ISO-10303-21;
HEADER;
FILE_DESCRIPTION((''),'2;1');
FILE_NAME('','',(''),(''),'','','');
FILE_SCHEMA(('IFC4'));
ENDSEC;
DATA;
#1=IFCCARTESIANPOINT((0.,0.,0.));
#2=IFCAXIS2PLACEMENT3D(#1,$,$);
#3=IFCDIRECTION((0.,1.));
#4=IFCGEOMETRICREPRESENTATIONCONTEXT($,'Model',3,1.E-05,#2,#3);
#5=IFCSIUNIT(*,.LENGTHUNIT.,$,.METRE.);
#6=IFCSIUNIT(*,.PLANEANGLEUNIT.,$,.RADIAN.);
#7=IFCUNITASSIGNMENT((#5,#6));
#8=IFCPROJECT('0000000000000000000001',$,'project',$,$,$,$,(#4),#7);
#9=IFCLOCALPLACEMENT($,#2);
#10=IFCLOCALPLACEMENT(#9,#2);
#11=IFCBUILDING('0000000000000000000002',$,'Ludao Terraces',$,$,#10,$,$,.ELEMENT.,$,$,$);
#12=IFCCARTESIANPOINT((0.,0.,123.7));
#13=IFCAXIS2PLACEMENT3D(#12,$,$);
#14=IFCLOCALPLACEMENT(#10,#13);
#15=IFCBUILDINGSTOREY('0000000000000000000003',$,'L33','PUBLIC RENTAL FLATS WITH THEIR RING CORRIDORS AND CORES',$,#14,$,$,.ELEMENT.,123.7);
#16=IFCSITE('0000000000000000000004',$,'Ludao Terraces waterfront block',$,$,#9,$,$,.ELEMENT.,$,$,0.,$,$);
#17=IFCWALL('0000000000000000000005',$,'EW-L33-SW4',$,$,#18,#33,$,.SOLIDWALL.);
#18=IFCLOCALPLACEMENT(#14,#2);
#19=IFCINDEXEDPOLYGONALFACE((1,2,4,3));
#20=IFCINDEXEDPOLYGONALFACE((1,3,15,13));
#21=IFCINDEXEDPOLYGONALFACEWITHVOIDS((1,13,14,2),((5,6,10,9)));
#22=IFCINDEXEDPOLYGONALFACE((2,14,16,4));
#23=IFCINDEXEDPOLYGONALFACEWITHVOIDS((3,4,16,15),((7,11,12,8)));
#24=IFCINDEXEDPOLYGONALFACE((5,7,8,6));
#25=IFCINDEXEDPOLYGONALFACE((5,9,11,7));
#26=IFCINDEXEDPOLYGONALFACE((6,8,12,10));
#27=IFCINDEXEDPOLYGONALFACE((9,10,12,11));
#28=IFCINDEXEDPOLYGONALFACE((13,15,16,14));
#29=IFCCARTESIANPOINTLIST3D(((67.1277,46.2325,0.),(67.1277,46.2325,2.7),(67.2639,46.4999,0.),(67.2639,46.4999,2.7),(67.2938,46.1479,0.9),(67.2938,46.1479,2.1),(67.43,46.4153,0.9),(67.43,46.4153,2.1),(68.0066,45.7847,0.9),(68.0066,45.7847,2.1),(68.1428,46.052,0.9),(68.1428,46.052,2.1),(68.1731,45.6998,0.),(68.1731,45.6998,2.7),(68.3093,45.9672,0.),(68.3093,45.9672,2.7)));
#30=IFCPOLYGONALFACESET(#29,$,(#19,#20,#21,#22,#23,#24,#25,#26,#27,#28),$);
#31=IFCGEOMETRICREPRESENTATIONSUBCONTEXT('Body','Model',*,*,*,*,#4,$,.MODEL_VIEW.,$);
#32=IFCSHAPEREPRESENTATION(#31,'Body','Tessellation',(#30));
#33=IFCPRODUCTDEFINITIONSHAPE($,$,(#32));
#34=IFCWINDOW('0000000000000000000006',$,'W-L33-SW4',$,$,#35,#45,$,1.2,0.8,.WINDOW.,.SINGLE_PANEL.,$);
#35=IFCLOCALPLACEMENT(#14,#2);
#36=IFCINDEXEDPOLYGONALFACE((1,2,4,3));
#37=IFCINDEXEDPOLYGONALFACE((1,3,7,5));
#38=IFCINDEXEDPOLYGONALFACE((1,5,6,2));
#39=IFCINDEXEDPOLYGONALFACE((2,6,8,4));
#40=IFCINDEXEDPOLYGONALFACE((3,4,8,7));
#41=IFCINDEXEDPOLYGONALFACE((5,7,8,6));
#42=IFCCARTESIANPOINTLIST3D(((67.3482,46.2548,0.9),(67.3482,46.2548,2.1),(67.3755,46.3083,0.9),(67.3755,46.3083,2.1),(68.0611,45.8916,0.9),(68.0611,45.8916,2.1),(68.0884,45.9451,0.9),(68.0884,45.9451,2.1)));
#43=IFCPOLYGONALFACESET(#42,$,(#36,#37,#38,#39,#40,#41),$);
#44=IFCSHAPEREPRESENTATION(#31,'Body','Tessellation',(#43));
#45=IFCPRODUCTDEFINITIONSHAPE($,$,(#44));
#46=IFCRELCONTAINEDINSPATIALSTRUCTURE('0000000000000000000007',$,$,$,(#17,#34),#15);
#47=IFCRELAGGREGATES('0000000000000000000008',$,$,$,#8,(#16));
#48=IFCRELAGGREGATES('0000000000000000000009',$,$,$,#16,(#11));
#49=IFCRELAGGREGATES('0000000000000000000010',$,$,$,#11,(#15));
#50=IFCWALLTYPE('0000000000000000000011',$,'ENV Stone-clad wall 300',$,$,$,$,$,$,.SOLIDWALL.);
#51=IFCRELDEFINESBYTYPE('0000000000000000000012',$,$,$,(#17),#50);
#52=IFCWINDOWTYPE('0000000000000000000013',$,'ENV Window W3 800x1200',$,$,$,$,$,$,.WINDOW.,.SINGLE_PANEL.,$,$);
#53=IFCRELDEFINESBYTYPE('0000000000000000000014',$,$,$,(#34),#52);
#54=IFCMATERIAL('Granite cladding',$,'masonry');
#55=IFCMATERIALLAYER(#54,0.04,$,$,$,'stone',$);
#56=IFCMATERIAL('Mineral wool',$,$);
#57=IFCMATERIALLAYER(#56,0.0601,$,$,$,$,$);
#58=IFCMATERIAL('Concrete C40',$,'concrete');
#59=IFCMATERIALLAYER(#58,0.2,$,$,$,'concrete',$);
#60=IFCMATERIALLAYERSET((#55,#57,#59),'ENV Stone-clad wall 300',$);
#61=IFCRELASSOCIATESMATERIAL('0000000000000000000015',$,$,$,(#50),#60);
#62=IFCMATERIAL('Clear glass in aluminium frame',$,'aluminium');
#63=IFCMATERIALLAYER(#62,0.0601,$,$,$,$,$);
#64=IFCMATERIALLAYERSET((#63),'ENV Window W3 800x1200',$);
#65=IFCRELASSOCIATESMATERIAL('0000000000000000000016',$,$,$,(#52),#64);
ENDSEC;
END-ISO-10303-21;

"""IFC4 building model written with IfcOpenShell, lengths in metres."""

from ifc_helpers import new_model, si_unit, direction, frame, frame_2d, origin, place, context, subcontext, project, spatial, rectangle, extrude, material, layer, layer_set, type_object, element, fill, save


model = new_model("IFC4")

# Units and contexts
model_context = context("Model", 3, precision=1e-05, world=origin(), true_north=direction((0.0, 1.0)))
body_context = subcontext(model_context, "Body", "Model", "MODEL_VIEW")
ifc_project = project(units=[si_unit("LENGTHUNIT", "METRE"), si_unit("PLANEANGLEUNIT", "RADIAN")], contexts=[model_context])

# Site, building, storey
site_placement = place(None, origin())
site = spatial("IfcSite", under=ifc_project, at=site_placement, Name="Ludao Terraces waterfront block", CompositionType="ELEMENT", RefElevation=0.0)
building_placement = place(site_placement, origin())
building = spatial("IfcBuilding", under=site, at=building_placement, Name="Ludao Terraces", CompositionType="ELEMENT")
storey_placement = place(building_placement, frame((0.0, 0.0, 123.7)))
storey = spatial("IfcBuildingStorey", under=building, at=storey_placement, Name="L33", Description="PUBLIC RENTAL FLATS WITH THEIR RING CORRIDORS AND CORES", CompositionType="ELEMENT", Elevation=123.7)

# Shared definitions
ifc_material_1 = material(Name="Concrete C40", Category="concrete")

# Shared definitions
ifc_material_2 = material(Name="Granite cladding", Category="masonry")
ifc_layer_1 = layer(ifc_material_2, 0.04, Category="stone")
ifc_material_3 = material(Name="Mineral wool")
ifc_layer_2 = layer(ifc_material_3, 0.0601)
ifc_layer_3 = layer(ifc_material_1, 0.2, Category="concrete")
ifc_layer_set_1 = layer_set([ifc_layer_1, ifc_layer_2, ifc_layer_3], Name="ENV Stone-clad wall 300")
wall_type_1 = type_object("IfcWallType", Name="ENV Stone-clad wall 300", PredefinedType="SOLIDWALL", material=ifc_layer_set_1)
ifc_material_4 = material(Name="Clear glass in aluminium frame", Category="aluminium")

# Wall, opening, window
ifc_layer_4 = layer(ifc_material_4, 0.0601)
ifc_layer_set_2 = layer_set([ifc_layer_4], Name="ENV Window W3 800x1200")
window_type_1 = type_object("IfcWindowType", Name="ENV Window W3 800x1200", PartitioningType="SINGLE_PANEL", PredefinedType="WINDOW", material=ifc_layer_set_2)
wall_1_placement = place(storey_placement, frame((67.1958, 46.3662, 0.0), z_axis=(0.0, 0.0, 1.0), x_axis=(0.890989, -0.454026, 0.0)))
wall_1 = element("IfcWall", 1, at=wall_1_placement, inside=storey, type_object=wall_type_1, Name="EW-L33-SW4", PredefinedType="SOLIDWALL", context=body_context, shape_type="SweptSolid", body=[
    extrude(rectangle(XDim=1.1733, YDim=0.3, at=frame_2d((0.5867, 0.0))), origin(), (0.0, 0.0, 1.0), 2.7),
])
opening_1_placement = place(wall_1_placement, frame((0.1865, 0.0, 0.8999)))
opening_1 = element("IfcOpeningElement", 2, at=opening_1_placement, cuts=wall_1, PredefinedType="OPENING", context=body_context, shape_type="SweptSolid", body=[
    extrude(rectangle(XDim=0.8, YDim=1.2, at=frame_2d((0.3999, 0.6001))), frame((0.0, 0.1602, 0.0), z_axis=(0.0, -1.0, 0.0), x_axis=(1.0, 0.0, 0.0)), (0.0, 0.0, 1.0), 0.3201),
])
window_1_placement = place(opening_1_placement, origin())
window_1 = element("IfcWindow", 3, at=window_1_placement, inside=storey, type_object=window_type_1, Name="W-L33-SW4", OverallHeight=1.2, OverallWidth=0.8, PartitioningType="SINGLE_PANEL", PredefinedType="WINDOW", context=body_context, shape_type="SweptSolid", body=[
    extrude(rectangle(XDim=0.8, YDim=1.2, at=frame_2d((0.3999, 0.6001))), frame((0.0, 0.03, 0.0), z_axis=(0.0, -1.0, 0.0), x_axis=(1.0, 0.0, 0.0)), (0.0, 0.0, 1.0), 0.0601),
])
fill(opening_1, window_1)

save(model, "model.ifc")
